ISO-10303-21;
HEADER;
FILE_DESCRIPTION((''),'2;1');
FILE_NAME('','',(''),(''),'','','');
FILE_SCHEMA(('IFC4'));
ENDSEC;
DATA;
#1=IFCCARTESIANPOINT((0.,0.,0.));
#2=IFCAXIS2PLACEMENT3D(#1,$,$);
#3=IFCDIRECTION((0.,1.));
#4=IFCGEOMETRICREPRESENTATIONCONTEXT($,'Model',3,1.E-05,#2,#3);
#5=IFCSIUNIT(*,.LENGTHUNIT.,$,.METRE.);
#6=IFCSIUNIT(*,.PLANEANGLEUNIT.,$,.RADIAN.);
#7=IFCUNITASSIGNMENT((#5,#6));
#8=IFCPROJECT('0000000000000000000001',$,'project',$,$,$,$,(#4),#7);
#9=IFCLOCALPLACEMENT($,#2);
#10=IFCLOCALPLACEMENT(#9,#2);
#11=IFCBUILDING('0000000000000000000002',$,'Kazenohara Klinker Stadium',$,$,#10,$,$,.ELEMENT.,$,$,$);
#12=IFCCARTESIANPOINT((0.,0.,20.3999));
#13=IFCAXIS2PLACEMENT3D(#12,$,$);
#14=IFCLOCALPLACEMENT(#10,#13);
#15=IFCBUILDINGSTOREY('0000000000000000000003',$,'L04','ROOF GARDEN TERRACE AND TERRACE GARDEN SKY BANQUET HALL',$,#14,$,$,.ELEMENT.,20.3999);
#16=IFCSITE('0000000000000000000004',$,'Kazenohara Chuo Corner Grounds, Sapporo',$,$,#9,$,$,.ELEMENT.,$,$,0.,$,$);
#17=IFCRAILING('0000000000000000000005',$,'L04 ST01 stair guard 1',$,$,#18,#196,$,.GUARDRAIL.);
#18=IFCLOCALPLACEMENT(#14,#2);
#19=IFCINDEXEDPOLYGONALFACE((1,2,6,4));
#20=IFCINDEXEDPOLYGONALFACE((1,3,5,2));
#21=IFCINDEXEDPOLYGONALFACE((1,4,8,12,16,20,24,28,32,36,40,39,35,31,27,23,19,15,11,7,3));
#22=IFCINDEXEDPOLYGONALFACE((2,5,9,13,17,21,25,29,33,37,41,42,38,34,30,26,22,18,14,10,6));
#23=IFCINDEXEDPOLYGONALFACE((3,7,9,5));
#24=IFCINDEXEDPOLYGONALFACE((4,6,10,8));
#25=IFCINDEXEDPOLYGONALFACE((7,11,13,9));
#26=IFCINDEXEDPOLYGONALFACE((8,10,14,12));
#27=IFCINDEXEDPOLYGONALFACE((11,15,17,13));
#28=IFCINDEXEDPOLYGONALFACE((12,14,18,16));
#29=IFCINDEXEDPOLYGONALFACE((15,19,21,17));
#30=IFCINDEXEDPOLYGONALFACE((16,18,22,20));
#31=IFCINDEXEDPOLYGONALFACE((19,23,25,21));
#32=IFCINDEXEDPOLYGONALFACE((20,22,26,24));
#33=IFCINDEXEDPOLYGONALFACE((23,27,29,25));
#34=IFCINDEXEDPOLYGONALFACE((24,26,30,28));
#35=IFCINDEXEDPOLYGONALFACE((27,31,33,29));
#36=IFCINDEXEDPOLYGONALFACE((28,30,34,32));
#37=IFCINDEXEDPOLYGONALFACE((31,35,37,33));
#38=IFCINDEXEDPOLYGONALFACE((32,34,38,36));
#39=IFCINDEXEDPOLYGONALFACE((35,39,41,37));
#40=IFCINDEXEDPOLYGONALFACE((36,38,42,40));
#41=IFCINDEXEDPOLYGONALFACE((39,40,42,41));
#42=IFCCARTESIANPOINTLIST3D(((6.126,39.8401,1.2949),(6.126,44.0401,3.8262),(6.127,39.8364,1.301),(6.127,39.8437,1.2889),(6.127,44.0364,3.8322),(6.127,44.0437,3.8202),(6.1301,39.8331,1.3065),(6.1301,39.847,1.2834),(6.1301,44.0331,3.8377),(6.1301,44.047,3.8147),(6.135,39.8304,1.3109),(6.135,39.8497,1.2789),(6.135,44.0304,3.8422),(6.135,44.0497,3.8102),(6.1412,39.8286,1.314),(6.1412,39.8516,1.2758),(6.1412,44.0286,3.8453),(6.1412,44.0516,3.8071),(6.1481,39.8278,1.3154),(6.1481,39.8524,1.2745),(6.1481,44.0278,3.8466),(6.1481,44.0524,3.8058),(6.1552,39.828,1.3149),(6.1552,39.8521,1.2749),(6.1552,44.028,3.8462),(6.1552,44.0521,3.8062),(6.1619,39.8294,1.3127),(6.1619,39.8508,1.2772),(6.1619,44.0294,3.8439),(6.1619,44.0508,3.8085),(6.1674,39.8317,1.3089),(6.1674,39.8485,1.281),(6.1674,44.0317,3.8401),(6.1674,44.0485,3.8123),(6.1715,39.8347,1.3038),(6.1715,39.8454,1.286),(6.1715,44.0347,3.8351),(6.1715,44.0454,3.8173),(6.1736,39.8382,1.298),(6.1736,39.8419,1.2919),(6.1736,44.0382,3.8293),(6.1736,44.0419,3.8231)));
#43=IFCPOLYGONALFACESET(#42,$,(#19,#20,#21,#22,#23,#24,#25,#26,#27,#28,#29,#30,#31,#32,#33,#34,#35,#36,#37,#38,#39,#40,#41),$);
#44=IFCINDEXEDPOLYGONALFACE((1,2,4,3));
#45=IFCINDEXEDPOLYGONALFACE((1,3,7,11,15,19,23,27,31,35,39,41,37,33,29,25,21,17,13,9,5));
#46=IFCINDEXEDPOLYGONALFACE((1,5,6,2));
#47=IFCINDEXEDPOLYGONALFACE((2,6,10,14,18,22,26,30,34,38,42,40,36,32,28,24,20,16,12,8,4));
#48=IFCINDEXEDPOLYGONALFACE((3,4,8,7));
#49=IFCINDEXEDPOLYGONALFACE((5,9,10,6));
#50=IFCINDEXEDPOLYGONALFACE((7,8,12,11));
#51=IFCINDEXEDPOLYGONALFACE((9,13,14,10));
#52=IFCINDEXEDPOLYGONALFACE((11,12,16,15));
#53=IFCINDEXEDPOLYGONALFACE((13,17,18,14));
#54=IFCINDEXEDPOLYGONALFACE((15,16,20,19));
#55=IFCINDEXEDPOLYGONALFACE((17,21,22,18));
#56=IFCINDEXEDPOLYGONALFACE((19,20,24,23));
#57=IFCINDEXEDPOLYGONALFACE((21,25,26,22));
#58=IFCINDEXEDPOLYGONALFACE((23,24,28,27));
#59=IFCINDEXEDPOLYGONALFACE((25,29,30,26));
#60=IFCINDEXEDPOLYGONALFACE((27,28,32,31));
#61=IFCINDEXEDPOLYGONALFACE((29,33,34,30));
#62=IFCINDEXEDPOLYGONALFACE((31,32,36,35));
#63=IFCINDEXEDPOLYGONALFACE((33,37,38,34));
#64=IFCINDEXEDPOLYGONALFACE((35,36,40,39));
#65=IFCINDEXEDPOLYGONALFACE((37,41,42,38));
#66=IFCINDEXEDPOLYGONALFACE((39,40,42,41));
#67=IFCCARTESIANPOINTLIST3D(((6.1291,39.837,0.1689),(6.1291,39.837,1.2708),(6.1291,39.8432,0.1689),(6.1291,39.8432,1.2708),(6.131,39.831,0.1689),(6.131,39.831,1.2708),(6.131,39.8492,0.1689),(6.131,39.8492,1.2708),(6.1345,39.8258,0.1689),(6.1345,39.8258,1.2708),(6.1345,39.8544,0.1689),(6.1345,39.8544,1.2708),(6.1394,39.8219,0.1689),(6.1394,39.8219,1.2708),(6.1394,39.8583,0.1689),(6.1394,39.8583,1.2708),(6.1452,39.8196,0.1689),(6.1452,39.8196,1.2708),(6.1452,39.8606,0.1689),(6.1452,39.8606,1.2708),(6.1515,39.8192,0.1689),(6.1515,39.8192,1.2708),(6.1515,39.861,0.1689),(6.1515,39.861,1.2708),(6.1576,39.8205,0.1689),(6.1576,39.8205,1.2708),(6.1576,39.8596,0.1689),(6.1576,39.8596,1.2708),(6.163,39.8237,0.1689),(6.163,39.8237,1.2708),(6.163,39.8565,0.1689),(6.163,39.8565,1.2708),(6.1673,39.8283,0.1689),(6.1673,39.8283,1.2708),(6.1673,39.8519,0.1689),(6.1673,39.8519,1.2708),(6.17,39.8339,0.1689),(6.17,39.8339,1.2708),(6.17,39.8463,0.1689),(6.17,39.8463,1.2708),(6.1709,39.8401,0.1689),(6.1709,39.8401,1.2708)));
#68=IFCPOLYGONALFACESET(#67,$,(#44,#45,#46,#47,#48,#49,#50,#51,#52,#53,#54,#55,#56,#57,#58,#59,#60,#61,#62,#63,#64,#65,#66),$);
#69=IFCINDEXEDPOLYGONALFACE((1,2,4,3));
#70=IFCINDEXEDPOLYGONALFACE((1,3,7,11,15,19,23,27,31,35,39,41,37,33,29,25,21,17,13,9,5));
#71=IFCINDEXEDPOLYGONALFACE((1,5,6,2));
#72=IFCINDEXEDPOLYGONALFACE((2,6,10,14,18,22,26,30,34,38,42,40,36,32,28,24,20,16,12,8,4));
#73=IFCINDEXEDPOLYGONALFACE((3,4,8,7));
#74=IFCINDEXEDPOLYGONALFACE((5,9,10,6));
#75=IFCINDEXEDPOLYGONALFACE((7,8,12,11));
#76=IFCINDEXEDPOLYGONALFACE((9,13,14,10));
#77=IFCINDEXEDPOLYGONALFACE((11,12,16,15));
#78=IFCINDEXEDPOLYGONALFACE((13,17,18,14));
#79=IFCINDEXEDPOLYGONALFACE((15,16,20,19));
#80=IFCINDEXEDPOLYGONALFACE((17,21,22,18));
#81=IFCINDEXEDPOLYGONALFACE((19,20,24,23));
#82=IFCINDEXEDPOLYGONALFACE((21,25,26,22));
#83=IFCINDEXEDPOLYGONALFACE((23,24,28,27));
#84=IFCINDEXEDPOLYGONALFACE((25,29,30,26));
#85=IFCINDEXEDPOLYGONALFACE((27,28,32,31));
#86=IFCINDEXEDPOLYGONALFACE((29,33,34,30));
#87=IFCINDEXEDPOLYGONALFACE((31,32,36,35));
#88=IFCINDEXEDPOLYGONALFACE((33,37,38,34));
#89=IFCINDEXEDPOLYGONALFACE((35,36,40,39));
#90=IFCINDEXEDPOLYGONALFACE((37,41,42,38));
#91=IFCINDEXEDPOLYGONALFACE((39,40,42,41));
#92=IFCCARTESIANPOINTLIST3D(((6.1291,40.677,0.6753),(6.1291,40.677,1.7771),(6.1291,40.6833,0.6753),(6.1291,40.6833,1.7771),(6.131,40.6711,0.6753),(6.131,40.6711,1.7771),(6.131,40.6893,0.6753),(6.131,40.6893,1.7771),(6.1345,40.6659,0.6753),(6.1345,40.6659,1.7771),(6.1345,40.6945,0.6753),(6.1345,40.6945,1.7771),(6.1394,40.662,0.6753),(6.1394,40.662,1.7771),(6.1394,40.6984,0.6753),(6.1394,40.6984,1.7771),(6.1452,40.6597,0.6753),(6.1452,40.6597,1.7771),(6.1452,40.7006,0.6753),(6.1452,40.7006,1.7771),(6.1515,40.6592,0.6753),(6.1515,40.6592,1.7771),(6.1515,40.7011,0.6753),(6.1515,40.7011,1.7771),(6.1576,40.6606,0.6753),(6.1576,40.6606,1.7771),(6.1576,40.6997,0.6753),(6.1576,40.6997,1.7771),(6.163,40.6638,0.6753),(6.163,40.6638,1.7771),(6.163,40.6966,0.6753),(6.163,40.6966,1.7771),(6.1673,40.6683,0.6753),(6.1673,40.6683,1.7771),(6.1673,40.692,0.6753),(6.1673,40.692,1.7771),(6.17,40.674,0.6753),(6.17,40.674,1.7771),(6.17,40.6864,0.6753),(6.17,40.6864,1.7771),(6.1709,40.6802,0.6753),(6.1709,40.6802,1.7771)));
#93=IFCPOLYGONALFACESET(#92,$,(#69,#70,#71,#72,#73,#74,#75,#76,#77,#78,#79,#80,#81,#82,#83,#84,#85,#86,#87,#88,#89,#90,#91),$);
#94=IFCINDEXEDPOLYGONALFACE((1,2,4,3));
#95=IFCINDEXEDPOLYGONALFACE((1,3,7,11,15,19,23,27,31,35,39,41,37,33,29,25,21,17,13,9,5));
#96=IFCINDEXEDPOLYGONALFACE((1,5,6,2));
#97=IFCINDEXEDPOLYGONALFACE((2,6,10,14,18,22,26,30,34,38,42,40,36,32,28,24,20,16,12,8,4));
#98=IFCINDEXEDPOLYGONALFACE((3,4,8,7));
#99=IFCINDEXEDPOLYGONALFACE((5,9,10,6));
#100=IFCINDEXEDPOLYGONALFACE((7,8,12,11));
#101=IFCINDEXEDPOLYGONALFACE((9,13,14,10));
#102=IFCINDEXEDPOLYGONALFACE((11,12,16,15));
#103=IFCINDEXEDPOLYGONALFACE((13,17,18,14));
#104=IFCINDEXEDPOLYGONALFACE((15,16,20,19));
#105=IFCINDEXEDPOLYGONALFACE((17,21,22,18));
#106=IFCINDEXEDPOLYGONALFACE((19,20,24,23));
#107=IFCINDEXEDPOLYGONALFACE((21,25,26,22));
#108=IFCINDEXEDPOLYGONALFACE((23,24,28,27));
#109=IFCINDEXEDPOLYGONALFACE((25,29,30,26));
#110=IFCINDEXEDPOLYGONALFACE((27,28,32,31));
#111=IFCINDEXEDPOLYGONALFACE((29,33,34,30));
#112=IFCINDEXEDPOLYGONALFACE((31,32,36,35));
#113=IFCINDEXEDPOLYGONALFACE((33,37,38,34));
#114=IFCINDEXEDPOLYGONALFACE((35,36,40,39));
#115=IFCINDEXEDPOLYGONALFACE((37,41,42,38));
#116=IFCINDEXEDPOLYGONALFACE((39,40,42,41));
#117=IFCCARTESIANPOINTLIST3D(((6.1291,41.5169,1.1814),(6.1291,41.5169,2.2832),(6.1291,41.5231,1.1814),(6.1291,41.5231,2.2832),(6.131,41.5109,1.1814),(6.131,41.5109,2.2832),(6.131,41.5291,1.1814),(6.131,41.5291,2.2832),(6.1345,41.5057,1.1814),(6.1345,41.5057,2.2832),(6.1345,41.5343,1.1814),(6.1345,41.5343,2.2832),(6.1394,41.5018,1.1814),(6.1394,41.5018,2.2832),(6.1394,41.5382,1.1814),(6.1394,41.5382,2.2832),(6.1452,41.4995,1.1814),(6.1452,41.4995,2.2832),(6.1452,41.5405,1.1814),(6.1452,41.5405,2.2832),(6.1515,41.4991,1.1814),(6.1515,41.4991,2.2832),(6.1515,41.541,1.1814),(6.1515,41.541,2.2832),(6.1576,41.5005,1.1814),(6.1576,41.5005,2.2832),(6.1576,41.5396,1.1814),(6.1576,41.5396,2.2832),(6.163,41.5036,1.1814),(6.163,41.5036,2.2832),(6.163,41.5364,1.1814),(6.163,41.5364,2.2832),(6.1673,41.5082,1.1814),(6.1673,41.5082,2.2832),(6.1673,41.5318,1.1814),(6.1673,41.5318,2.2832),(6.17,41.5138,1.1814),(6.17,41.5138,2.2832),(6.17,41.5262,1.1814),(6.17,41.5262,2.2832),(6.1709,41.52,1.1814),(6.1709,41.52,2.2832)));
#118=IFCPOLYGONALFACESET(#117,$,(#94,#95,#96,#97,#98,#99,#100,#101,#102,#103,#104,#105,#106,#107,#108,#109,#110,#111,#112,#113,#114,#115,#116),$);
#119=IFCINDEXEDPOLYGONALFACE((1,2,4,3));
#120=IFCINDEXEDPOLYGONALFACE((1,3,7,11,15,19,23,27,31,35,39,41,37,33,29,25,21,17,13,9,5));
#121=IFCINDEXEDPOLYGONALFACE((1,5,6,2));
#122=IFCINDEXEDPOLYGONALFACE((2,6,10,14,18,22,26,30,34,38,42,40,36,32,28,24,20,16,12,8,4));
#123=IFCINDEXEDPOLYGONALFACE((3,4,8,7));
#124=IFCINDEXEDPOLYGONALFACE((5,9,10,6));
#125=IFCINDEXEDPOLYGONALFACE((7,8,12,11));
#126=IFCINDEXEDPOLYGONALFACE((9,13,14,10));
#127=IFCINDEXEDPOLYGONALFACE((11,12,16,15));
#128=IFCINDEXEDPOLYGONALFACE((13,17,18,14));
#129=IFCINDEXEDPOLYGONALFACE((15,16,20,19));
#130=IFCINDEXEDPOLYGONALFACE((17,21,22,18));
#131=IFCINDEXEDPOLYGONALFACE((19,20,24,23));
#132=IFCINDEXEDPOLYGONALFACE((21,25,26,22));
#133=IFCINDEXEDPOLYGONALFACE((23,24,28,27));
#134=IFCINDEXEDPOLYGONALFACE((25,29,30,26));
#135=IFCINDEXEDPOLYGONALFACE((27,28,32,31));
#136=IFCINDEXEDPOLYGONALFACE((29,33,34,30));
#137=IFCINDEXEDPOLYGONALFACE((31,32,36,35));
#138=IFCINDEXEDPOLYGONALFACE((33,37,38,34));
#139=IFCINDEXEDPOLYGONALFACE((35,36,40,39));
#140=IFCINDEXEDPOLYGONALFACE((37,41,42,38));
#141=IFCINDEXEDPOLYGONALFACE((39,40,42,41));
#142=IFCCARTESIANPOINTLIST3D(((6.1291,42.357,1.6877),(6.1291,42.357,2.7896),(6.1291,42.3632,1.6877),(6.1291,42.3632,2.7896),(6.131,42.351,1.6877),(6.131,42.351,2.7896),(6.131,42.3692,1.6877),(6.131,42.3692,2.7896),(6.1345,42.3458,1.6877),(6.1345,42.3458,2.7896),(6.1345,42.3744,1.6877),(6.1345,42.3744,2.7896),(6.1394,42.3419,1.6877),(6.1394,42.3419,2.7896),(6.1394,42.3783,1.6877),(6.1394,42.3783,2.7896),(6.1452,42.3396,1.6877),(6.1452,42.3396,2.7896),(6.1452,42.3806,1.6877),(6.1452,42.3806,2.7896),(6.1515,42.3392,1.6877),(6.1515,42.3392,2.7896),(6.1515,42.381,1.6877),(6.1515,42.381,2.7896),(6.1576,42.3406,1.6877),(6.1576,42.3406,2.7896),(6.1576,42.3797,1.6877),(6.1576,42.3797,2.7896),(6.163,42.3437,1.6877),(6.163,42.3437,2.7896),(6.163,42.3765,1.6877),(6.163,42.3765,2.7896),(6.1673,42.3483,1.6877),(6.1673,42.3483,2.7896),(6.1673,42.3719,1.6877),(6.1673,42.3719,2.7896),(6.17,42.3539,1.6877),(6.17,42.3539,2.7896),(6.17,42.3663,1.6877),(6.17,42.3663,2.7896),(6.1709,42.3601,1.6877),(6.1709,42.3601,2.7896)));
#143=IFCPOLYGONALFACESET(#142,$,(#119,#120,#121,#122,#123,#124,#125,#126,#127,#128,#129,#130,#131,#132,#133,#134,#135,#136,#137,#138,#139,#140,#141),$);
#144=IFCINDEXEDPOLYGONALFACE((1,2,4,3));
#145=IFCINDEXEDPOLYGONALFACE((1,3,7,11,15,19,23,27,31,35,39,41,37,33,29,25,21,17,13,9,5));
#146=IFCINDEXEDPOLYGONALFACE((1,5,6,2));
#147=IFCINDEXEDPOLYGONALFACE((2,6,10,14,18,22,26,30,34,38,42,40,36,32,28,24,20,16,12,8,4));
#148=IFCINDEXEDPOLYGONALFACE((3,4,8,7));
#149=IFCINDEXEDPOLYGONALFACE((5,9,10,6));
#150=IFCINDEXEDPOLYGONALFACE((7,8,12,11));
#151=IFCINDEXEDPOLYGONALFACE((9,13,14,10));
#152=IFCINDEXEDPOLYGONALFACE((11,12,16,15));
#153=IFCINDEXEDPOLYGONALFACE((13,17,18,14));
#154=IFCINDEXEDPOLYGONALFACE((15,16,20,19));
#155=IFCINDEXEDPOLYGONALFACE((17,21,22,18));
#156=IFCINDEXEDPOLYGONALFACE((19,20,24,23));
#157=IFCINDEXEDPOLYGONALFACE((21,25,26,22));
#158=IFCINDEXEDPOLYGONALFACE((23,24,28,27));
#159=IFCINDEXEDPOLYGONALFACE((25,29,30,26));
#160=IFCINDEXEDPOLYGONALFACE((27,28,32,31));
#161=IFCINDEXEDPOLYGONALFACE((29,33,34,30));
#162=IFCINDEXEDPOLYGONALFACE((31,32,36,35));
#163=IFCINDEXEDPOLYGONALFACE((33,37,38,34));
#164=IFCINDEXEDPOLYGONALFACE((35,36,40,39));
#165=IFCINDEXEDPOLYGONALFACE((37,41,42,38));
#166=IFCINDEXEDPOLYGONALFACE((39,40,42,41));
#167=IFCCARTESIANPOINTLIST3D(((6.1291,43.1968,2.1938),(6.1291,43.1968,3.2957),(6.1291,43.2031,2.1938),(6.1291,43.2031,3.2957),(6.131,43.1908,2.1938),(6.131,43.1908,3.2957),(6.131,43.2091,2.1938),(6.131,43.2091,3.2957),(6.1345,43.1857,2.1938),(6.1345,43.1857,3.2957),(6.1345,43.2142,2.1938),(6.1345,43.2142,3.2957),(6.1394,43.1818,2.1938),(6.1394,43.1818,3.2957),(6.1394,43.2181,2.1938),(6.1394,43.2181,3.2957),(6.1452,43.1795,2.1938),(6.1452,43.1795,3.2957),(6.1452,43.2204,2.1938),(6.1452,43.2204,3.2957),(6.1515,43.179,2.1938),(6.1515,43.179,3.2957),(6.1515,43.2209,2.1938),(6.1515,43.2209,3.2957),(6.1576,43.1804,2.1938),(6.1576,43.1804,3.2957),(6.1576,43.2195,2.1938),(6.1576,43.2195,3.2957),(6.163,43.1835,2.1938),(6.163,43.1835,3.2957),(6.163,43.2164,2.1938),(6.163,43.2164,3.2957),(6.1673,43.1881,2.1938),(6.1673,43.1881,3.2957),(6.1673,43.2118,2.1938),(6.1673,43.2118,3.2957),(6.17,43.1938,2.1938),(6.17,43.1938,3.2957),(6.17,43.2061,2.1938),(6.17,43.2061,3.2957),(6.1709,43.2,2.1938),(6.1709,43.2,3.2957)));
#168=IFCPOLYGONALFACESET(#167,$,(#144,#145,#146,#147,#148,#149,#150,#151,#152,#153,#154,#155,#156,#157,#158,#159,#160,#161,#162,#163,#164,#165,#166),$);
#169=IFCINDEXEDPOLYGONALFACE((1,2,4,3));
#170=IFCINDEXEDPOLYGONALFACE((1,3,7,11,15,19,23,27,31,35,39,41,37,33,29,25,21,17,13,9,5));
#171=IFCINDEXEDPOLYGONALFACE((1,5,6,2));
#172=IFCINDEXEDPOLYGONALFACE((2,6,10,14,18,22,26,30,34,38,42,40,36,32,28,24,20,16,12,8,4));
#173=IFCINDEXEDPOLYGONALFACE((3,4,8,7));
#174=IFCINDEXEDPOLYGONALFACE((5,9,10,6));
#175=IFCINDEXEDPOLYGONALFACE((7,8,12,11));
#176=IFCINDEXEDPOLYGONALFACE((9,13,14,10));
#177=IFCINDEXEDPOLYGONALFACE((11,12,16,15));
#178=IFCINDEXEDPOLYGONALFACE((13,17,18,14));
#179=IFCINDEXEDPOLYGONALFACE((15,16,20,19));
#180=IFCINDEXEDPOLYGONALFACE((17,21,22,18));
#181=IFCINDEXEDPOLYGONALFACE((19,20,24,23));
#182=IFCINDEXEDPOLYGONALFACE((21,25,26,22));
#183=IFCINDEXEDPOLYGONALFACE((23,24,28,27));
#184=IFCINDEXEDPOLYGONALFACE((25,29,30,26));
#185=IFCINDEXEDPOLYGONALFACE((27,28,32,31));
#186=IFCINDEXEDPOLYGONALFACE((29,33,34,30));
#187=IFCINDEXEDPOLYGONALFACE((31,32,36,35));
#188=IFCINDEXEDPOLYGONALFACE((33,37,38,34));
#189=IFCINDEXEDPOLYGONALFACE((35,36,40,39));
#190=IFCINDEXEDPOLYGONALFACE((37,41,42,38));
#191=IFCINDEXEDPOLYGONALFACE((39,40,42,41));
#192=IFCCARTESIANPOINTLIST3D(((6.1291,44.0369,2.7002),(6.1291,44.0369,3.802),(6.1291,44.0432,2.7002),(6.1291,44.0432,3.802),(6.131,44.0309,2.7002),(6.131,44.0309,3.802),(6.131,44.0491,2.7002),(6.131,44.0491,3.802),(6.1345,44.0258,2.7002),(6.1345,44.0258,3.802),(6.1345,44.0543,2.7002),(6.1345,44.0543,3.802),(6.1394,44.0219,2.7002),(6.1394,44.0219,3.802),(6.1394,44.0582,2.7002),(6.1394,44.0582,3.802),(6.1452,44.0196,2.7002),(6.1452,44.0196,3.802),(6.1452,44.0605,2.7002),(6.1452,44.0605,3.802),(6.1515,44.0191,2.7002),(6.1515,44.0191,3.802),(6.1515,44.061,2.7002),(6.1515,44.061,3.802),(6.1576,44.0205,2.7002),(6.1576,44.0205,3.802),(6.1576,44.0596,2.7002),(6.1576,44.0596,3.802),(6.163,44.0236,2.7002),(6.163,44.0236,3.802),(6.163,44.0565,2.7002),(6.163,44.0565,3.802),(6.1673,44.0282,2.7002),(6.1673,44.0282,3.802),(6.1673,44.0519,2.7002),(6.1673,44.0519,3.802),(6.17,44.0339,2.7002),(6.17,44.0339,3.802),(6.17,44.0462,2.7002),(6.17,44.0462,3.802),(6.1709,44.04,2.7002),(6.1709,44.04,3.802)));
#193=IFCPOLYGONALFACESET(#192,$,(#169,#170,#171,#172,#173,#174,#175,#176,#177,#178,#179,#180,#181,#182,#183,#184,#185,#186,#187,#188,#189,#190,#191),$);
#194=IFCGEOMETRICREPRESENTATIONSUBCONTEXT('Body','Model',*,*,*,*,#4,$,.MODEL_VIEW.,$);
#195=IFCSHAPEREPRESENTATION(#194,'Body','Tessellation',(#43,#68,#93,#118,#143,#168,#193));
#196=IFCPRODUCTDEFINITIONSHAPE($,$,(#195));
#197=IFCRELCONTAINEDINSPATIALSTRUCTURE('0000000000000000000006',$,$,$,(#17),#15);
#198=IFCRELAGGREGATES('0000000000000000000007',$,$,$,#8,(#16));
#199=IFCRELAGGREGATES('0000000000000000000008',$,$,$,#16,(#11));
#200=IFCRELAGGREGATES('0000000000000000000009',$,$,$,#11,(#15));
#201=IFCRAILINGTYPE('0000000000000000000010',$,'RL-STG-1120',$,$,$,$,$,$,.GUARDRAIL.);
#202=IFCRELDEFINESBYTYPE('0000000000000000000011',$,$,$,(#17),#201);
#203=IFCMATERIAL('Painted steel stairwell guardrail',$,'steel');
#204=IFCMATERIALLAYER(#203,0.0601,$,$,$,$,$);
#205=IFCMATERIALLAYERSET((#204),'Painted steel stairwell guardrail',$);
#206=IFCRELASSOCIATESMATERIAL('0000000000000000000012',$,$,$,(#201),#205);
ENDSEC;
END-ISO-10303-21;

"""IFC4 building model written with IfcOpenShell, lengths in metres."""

from ifc_helpers import new_model, si_unit, direction, frame, origin, origin_2d, place, context, subcontext, project, spatial, circle, extrude, material, layer, layer_set, type_object, element, save


model = new_model("IFC4")

# Units and contexts
model_context = context("Model", 3, precision=1e-05, world=origin(), true_north=direction((0.0, 1.0)))
body_context = subcontext(model_context, "Body", "Model", "MODEL_VIEW")
ifc_project = project(units=[si_unit("LENGTHUNIT", "METRE"), si_unit("PLANEANGLEUNIT", "RADIAN")], contexts=[model_context])

# Site, building, storey
site_placement = place(None, origin())
site = spatial("IfcSite", under=ifc_project, at=site_placement, Name="Kazenohara Chuo Corner Grounds, Sapporo", CompositionType="ELEMENT", RefElevation=0.0)
building_placement = place(site_placement, origin())
building = spatial("IfcBuilding", under=site, at=building_placement, Name="Kazenohara Klinker Stadium", CompositionType="ELEMENT")
storey_placement = place(building_placement, frame((0.0, 0.0, 20.3999)))
storey = spatial("IfcBuildingStorey", under=building, at=storey_placement, Name="L04", Description="ROOF GARDEN TERRACE AND TERRACE GARDEN SKY BANQUET HALL", CompositionType="ELEMENT", Elevation=20.3999)

# Railing
ifc_material_1 = material(Name="Painted steel stairwell guardrail", Category="steel")
ifc_layer_1 = layer(ifc_material_1, 0.0601)
ifc_layer_set_1 = layer_set([ifc_layer_1], Name="Painted steel stairwell guardrail")
railing_type_1 = type_object("IfcRailingType", Name="RL-STG-1120", PredefinedType="GUARDRAIL", material=ifc_layer_set_1)
railing_1_placement = place(storey_placement, frame((6.1499, 39.8401, 0.1689)))
element("IfcRailing", 1, at=railing_1_placement, inside=storey, type_object=railing_type_1, Name="L04 ST01 stair guard 1", PredefinedType="GUARDRAIL", context=body_context, shape_type="SweptSolid", body=[
    extrude(circle(Radius=0.0239, at=origin_2d()), frame((0.0, 0.0, 1.126), z_axis=(0.0, 0.856476, 0.516186), x_axis=(-1.0, 0.0, 0.0)), (0.0, 0.0, 1.0), 4.9038),
    extrude(circle(Radius=0.021, at=origin_2d()), origin(), (0.0, 0.0, 1.0), 1.1018),
    extrude(circle(Radius=0.021, at=origin_2d()), frame((0.0, 0.8401, 0.5063)), (0.0, 0.0, 1.0), 1.1018),
    extrude(circle(Radius=0.021, at=origin_2d()), frame((0.0, 1.6799, 1.0125)), (0.0, 0.0, 1.0), 1.1018),
    extrude(circle(Radius=0.021, at=origin_2d()), frame((0.0, 2.52, 1.5188)), (0.0, 0.0, 1.0), 1.1018),
    extrude(circle(Radius=0.021, at=origin_2d()), frame((0.0, 3.3599, 2.0249)), (0.0, 0.0, 1.0), 1.1018),
    extrude(circle(Radius=0.021, at=origin_2d()), frame((0.0, 4.2, 2.5312)), (0.0, 0.0, 1.0), 1.1018),
])

save(model, "model.ifc")
